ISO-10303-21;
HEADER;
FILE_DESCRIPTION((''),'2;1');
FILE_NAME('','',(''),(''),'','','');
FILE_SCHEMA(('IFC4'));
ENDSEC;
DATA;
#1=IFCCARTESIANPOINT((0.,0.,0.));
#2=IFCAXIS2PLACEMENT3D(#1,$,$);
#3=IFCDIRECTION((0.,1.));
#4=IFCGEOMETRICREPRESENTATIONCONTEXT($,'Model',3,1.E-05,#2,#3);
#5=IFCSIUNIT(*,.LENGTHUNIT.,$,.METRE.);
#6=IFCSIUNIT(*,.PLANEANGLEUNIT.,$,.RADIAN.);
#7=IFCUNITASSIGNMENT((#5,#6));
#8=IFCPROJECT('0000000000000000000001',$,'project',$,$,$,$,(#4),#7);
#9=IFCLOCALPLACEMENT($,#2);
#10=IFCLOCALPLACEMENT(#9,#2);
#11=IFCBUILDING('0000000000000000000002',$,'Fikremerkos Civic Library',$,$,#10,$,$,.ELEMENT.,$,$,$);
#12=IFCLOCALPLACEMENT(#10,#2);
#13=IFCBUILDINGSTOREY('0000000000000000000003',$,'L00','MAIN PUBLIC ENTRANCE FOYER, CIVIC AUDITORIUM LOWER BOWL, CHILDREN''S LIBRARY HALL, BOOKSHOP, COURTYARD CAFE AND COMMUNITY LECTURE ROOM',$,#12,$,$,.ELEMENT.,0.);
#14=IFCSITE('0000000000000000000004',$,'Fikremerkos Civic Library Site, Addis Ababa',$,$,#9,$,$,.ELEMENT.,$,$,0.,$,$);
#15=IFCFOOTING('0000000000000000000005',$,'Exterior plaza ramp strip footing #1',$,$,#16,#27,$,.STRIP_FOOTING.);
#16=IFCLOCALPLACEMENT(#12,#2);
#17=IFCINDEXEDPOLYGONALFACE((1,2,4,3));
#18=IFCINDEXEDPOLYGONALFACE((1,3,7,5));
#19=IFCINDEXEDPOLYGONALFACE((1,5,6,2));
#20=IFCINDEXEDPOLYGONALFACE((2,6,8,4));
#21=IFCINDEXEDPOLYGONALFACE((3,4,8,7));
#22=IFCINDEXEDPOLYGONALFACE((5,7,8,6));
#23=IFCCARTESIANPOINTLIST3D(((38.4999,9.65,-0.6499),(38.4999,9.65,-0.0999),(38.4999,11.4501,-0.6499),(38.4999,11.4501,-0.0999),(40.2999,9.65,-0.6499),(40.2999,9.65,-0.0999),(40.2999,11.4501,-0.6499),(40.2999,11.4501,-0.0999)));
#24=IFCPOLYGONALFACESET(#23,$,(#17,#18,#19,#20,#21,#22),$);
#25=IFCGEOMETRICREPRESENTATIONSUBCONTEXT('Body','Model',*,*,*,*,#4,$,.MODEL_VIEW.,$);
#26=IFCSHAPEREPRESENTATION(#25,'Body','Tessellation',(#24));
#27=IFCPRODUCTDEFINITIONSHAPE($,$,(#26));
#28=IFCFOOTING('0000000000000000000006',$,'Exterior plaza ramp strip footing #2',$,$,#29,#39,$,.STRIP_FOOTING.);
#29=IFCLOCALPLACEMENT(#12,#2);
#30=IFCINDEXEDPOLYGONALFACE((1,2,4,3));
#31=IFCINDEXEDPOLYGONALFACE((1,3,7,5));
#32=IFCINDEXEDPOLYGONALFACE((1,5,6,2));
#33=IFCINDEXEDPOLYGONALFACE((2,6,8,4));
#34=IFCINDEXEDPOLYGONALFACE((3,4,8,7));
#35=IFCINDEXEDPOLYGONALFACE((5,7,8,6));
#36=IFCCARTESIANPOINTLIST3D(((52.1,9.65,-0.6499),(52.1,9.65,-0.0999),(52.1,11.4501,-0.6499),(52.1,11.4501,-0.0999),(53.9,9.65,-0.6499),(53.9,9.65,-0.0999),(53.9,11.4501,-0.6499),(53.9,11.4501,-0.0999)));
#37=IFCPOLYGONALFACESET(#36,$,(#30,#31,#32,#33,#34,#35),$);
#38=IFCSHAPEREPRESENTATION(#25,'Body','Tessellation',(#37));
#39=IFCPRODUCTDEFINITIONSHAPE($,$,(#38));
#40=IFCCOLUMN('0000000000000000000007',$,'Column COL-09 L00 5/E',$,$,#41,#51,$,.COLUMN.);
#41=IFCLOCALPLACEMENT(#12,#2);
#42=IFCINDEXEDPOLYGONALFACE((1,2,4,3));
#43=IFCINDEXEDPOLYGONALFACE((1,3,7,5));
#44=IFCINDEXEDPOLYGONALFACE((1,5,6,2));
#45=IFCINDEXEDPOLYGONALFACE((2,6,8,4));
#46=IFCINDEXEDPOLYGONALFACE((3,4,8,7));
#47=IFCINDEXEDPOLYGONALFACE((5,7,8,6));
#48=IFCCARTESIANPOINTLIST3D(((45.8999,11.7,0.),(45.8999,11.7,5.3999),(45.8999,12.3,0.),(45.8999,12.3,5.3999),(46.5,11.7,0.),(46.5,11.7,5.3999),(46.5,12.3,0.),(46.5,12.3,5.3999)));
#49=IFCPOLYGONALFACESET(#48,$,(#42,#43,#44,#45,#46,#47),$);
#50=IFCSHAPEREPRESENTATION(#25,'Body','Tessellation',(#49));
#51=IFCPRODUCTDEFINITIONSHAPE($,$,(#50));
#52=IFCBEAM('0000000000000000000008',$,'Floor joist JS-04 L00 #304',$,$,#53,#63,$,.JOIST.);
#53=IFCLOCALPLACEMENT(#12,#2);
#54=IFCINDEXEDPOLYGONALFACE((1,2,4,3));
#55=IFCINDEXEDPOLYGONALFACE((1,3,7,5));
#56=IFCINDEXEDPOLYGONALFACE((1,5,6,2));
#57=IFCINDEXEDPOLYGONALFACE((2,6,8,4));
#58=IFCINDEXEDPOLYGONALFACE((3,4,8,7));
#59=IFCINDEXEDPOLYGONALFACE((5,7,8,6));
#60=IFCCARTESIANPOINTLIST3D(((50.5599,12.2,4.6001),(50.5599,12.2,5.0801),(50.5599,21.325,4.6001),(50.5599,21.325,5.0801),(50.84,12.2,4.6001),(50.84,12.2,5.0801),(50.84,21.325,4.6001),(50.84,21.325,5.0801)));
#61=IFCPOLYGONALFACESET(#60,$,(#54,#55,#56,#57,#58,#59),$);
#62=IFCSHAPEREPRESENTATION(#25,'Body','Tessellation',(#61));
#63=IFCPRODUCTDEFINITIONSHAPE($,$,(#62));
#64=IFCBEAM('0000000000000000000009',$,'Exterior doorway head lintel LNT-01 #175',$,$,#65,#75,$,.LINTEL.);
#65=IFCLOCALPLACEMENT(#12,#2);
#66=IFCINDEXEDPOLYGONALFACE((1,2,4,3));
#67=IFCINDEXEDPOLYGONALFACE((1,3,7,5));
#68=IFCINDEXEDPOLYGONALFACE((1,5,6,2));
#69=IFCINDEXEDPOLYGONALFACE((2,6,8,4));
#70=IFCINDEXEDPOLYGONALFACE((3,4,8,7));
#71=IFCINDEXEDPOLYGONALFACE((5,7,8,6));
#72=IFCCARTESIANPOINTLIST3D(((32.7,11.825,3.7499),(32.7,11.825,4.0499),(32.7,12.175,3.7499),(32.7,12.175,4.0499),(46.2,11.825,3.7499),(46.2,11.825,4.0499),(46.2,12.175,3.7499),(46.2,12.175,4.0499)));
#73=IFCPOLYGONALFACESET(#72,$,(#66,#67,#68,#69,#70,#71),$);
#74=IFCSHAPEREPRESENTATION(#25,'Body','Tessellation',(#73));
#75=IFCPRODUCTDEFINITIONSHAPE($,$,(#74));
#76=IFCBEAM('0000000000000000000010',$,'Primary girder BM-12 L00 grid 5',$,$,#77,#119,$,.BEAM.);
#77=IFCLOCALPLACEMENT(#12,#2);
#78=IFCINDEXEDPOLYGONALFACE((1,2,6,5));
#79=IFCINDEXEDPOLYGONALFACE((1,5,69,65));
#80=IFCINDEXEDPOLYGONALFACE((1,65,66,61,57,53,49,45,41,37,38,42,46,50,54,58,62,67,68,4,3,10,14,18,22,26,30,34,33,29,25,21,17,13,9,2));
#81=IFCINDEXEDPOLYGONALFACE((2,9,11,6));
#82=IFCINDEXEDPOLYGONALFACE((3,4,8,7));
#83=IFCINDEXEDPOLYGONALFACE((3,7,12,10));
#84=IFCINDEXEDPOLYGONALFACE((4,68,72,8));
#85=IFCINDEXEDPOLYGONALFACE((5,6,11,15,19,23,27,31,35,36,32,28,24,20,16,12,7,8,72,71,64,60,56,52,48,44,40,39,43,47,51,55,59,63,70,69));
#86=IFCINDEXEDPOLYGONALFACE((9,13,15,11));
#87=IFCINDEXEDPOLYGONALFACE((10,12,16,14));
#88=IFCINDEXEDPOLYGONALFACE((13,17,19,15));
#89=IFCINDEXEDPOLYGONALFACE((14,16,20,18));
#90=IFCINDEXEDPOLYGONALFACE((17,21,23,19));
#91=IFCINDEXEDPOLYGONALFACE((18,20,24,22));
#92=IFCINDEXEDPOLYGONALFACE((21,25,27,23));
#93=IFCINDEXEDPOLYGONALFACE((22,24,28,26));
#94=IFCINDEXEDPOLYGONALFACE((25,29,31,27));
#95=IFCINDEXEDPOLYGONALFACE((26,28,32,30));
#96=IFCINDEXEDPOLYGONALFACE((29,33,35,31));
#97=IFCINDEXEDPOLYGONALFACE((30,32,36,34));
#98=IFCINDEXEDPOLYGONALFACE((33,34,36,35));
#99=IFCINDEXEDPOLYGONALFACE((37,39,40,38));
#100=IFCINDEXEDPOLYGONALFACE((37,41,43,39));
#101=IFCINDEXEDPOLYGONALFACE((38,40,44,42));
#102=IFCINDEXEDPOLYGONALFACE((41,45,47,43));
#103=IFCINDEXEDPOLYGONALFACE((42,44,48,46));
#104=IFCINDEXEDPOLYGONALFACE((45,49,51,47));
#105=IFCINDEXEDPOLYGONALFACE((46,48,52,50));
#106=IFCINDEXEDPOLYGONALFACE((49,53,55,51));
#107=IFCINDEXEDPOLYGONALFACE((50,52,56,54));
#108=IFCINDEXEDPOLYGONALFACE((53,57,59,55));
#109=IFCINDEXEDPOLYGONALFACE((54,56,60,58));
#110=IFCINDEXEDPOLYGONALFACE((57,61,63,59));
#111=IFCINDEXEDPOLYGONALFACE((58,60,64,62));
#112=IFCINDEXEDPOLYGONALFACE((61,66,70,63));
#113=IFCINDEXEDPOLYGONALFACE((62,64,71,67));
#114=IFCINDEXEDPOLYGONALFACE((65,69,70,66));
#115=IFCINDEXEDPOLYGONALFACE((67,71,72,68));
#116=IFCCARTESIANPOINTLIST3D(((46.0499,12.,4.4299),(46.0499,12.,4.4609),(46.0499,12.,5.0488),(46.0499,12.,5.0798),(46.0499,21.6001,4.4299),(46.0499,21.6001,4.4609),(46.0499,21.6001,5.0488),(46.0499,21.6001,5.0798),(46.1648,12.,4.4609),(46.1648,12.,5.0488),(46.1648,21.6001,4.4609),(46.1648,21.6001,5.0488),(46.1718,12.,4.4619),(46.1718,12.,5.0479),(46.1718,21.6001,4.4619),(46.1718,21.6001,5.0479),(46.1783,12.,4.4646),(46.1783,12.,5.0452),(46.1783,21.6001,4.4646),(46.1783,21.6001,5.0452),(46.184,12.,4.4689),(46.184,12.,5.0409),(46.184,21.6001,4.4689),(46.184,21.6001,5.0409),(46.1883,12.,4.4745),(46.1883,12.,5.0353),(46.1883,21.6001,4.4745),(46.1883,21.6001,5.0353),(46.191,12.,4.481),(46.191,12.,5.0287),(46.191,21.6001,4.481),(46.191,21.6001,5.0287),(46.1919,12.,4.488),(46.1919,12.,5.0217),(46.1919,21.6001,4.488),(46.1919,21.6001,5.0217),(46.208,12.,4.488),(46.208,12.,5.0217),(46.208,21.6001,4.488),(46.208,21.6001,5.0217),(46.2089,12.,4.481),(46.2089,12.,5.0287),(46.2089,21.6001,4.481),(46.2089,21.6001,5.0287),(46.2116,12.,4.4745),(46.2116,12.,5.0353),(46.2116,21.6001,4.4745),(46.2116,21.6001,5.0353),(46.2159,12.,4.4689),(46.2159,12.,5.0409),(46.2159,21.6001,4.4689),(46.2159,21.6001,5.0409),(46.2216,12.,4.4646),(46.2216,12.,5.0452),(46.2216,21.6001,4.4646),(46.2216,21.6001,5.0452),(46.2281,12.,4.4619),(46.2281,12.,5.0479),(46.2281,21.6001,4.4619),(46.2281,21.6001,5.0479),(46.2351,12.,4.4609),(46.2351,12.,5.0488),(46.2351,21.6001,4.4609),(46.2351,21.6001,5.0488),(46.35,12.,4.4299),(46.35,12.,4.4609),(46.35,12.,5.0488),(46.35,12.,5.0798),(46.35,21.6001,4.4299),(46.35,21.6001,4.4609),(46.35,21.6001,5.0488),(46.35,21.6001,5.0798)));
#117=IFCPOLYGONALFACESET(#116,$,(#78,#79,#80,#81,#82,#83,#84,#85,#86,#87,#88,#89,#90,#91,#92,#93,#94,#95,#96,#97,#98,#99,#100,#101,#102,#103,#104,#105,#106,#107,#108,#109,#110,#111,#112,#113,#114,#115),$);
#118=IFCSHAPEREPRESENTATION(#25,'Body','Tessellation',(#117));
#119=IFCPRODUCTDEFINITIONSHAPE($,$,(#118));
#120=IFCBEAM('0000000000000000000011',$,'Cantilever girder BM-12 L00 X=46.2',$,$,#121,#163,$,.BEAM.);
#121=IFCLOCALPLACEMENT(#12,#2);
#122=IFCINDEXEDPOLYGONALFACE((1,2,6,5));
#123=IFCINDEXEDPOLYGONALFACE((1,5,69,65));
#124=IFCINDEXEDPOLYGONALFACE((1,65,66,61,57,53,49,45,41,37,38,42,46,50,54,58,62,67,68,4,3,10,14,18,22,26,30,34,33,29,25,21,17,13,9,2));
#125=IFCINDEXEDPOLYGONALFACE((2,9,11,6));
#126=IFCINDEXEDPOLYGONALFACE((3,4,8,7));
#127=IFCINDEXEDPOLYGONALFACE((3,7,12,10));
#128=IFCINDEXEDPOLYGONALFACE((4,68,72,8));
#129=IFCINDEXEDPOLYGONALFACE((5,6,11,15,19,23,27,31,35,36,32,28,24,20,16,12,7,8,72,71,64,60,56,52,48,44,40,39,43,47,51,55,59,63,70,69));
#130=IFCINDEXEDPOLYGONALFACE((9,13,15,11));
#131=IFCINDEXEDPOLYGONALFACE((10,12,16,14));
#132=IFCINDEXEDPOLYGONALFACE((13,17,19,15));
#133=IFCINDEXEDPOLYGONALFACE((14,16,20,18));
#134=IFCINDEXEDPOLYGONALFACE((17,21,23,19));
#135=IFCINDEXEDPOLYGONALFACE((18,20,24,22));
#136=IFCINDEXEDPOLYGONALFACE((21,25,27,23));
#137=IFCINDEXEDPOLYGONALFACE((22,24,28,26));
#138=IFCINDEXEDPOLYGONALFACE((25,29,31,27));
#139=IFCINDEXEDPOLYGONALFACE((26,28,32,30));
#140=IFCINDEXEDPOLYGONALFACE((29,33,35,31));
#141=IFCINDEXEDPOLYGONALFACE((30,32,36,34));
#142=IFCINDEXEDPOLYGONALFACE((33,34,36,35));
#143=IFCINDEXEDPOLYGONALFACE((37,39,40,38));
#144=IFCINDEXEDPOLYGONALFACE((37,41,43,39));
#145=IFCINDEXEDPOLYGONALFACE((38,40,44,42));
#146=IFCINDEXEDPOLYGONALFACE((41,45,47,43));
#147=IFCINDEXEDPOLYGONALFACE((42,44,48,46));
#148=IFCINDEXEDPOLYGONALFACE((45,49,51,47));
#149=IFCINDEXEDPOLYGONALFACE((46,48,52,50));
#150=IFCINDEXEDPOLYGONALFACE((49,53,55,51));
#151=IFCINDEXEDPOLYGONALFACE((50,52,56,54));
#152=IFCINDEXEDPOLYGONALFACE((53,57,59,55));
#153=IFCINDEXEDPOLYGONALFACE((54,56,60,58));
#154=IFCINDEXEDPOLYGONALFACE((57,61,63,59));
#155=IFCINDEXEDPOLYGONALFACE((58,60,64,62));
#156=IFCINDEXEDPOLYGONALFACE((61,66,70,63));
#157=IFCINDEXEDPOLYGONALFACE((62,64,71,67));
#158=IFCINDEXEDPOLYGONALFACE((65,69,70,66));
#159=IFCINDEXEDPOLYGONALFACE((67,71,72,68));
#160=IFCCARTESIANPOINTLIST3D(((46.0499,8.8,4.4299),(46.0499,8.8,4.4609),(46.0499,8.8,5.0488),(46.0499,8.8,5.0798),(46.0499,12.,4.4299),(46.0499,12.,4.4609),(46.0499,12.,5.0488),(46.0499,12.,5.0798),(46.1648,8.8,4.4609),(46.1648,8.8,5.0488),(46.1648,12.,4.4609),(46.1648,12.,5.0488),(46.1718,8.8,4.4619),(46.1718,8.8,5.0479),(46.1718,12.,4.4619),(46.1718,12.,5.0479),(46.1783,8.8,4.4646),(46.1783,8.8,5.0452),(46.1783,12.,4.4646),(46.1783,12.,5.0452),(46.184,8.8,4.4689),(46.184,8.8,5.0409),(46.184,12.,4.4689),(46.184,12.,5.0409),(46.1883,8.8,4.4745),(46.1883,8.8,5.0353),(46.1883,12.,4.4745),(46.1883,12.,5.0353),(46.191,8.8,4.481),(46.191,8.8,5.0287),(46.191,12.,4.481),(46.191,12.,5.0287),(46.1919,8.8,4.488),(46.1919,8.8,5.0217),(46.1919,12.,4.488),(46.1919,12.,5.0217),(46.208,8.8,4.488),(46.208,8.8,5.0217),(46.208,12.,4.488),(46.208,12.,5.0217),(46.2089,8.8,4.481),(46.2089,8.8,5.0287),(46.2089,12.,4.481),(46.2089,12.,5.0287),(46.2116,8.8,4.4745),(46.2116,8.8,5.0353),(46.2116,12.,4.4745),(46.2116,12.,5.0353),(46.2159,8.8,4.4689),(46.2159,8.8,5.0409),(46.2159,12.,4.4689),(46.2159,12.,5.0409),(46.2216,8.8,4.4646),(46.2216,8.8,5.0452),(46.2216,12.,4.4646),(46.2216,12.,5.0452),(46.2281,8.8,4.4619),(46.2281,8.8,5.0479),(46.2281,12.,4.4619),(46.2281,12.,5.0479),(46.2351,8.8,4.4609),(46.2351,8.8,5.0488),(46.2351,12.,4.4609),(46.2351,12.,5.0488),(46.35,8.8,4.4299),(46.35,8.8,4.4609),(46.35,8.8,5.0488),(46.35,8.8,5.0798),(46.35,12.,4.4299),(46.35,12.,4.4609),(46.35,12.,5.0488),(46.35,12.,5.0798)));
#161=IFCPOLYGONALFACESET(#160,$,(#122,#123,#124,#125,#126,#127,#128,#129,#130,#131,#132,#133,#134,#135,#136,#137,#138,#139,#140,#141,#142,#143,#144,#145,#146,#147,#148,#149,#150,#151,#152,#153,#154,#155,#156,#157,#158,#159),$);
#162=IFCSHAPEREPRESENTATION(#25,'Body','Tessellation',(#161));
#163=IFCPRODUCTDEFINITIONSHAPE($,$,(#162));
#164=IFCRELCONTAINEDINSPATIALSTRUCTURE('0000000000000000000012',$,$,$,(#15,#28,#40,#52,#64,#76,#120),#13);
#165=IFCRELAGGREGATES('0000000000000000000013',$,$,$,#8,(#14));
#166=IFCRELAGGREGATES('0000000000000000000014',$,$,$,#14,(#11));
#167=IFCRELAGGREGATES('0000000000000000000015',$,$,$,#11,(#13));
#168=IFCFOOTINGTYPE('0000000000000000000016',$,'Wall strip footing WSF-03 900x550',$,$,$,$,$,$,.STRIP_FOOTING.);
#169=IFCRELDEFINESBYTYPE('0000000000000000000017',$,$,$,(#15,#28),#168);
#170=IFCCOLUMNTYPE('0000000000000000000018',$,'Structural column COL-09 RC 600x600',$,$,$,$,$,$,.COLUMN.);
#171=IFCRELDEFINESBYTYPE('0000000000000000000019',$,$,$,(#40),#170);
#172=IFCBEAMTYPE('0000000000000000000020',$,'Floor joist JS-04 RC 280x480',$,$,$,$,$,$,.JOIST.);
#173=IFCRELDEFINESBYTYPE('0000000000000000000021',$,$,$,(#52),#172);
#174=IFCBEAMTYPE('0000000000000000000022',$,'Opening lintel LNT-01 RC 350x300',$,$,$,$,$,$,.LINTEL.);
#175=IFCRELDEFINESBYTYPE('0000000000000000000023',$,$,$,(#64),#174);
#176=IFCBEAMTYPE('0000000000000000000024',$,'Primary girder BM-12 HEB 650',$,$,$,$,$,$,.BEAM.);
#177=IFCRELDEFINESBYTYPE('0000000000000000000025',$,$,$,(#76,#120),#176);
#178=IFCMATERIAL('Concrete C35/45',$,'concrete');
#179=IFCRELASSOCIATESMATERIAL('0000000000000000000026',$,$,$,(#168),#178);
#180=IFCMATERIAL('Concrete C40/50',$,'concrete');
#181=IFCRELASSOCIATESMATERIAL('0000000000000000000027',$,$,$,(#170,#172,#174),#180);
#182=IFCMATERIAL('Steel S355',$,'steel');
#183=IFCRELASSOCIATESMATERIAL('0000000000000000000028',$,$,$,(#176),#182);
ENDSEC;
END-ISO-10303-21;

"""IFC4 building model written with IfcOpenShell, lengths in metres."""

from ifc_helpers import new_model, si_unit, direction, frame, origin, origin_2d, place, context, subcontext, project, spatial, rectangle, i_section, extrude, material, material_profile, profile_set, type_object, element, save


model = new_model("IFC4")

# Units and contexts
model_context = context("Model", 3, precision=1e-05, world=origin(), true_north=direction((0.0, 1.0)))
body_context = subcontext(model_context, "Body", "Model", "MODEL_VIEW")
ifc_project = project(units=[si_unit("LENGTHUNIT", "METRE"), si_unit("PLANEANGLEUNIT", "RADIAN")], contexts=[model_context])

# Site, building, storey
site_placement = place(None, origin())
site = spatial("IfcSite", under=ifc_project, at=site_placement, Name="Fikremerkos Civic Library Site, Addis Ababa", CompositionType="ELEMENT", RefElevation=0.0)
building_placement = place(site_placement, origin())
building = spatial("IfcBuilding", under=site, at=building_placement, Name="Fikremerkos Civic Library", CompositionType="ELEMENT")
storey_placement = place(building_placement, origin())
storey = spatial("IfcBuildingStorey", under=building, at=storey_placement, Name="L00", Description="MAIN PUBLIC ENTRANCE FOYER, CIVIC AUDITORIUM LOWER BOWL, CHILDREN'S LIBRARY HALL, BOOKSHOP, COURTYARD CAFE AND COMMUNITY LECTURE ROOM", CompositionType="ELEMENT", Elevation=0.0)

# Footings
ifc_material_1 = material(Name="Concrete C35/45", Category="concrete")
footing_type = type_object("IfcFootingType", Name="Wall strip footing WSF-03 900x550", PredefinedType="STRIP_FOOTING", material=ifc_material_1)
for number, where, z_axis, x_axis, name in (
    (1, (39.3999, 10.55, -0.6499), (0.0, 0.0, 1.0), (1.0, 0.0, 0.0), "Exterior plaza ramp strip footing #1"),
    (2, (53.0, 10.55, -0.6499), (0.0, 0.0, 1.0), (1.0, 0.0, 0.0), "Exterior plaza ramp strip footing #2"),
):
    element("IfcFooting", number, at=place(storey_placement, frame(where, z_axis=z_axis, x_axis=x_axis)), inside=storey, type_object=footing_type, Name=name, PredefinedType="STRIP_FOOTING", context=body_context, shape_type="SweptSolid", body=[
        extrude(rectangle(XDim=1.8, YDim=1.8, at=origin_2d()), origin(), (0.0, 0.0, 1.0), 0.55),
    ])

# Column
ifc_material_2 = material(Name="Concrete C40/50", Category="concrete")
ifc_material_profile_1 = material_profile(ifc_material_2, rectangle(XDim=0.6001, YDim=0.6001, at=origin_2d()), Name="RC 600x600")
ifc_profile_set_1 = profile_set([ifc_material_profile_1], Name="Concrete C40/50")
column_type = type_object("IfcColumnType", Name="Structural column COL-09 RC 600x600", PredefinedType="COLUMN", material=ifc_profile_set_1)
column_placement = place(storey_placement, frame((46.2, 12.0, 0.0), z_axis=(0.0, 0.0, 1.0), x_axis=(1.0, 0.0, 0.0)))
element("IfcColumn", 3, at=column_placement, inside=storey, type_object=column_type, Name="Column COL-09 L00 5/E", PredefinedType="COLUMN", context=body_context, shape_type="SweptSolid", body=[
    extrude(rectangle(XDim=0.6001, YDim=0.6001, at=origin_2d()), origin(), (0.0, 0.0, 1.0), 5.3999),
])

# Beams
ifc_material_profile_2 = material_profile(ifc_material_2, rectangle(XDim=0.28, YDim=0.48, at=origin_2d()), Name="RC 280x480")
ifc_profile_set_2 = profile_set([ifc_material_profile_2], Name="Concrete C40/50")
beam_type_1 = type_object("IfcBeamType", Name="Floor joist JS-04 RC 280x480", PredefinedType="JOIST", material=ifc_profile_set_2)
beam_1_placement = place(storey_placement, frame((50.7, 12.2, 4.8401), z_axis=(0.0, 1.0, 0.0), x_axis=(-1.0, 0.0, 0.0)))
element("IfcBeam", 4, at=beam_1_placement, inside=storey, type_object=beam_type_1, Name="Floor joist JS-04 L00 #304", PredefinedType="JOIST", context=body_context, shape_type="SweptSolid", body=[
    extrude(rectangle(XDim=0.28, YDim=0.48, at=origin_2d()), origin(), (0.0, 0.0, 1.0), 9.125),
])
ifc_material_profile_3 = material_profile(ifc_material_2, rectangle(XDim=0.3501, YDim=0.3, at=origin_2d()), Name="RC 350x300")
ifc_profile_set_3 = profile_set([ifc_material_profile_3], Name="Concrete C40/50")
beam_type_2 = type_object("IfcBeamType", Name="Opening lintel LNT-01 RC 350x300", PredefinedType="LINTEL", material=ifc_profile_set_3)
beam_2_placement = place(storey_placement, frame((46.2, 12.0, 3.8999), z_axis=(-1.0, 0.0, 0.0), x_axis=(0.0, -1.0, 0.0)))
element("IfcBeam", 5, at=beam_2_placement, inside=storey, type_object=beam_type_2, Name="Exterior doorway head lintel LNT-01 #175", PredefinedType="LINTEL", context=body_context, shape_type="SweptSolid", body=[
    extrude(rectangle(XDim=0.3501, YDim=0.3, at=origin_2d()), origin(), (0.0, 0.0, 1.0), 13.5),
])
ifc_material_3 = material(Name="Steel S355", Category="steel")
ifc_material_profile_4 = material_profile(ifc_material_3, i_section(OverallWidth=0.3, OverallDepth=0.6499, WebThickness=0.0161, FlangeThickness=0.031, FilletRadius=0.0271, at=origin_2d()), Name="HEB 650")
ifc_profile_set_4 = profile_set([ifc_material_profile_4], Name="Steel S355")
beam_type_3 = type_object("IfcBeamType", Name="Primary girder BM-12 HEB 650", PredefinedType="BEAM", material=ifc_profile_set_4)
beam_3_placement = place(storey_placement, frame((46.2, 12.0, 4.7549), z_axis=(0.0, 1.0, 0.0), x_axis=(-1.0, 0.0, 0.0)))
element("IfcBeam", 6, at=beam_3_placement, inside=storey, type_object=beam_type_3, Name="Primary girder BM-12 L00 grid 5", PredefinedType="BEAM", context=body_context, shape_type="SweptSolid", body=[
    extrude(i_section(OverallWidth=0.3, OverallDepth=0.6499, WebThickness=0.0161, FlangeThickness=0.031, FilletRadius=0.0271, at=origin_2d()), origin(), (0.0, 0.0, 1.0), 9.6001),
])
beam_4_placement = place(storey_placement, frame((46.2, 12.0, 4.7549), z_axis=(0.0, -1.0, 0.0), x_axis=(1.0, 0.0, 0.0)))
element("IfcBeam", 7, at=beam_4_placement, inside=storey, type_object=beam_type_3, Name="Cantilever girder BM-12 L00 X=46.2", PredefinedType="BEAM", context=body_context, shape_type="SweptSolid", body=[
    extrude(i_section(OverallWidth=0.3, OverallDepth=0.6499, WebThickness=0.0161, FlangeThickness=0.031, FilletRadius=0.0271, at=origin_2d()), origin(), (0.0, 0.0, 1.0), 3.2),
])

save(model, "model.ifc")
